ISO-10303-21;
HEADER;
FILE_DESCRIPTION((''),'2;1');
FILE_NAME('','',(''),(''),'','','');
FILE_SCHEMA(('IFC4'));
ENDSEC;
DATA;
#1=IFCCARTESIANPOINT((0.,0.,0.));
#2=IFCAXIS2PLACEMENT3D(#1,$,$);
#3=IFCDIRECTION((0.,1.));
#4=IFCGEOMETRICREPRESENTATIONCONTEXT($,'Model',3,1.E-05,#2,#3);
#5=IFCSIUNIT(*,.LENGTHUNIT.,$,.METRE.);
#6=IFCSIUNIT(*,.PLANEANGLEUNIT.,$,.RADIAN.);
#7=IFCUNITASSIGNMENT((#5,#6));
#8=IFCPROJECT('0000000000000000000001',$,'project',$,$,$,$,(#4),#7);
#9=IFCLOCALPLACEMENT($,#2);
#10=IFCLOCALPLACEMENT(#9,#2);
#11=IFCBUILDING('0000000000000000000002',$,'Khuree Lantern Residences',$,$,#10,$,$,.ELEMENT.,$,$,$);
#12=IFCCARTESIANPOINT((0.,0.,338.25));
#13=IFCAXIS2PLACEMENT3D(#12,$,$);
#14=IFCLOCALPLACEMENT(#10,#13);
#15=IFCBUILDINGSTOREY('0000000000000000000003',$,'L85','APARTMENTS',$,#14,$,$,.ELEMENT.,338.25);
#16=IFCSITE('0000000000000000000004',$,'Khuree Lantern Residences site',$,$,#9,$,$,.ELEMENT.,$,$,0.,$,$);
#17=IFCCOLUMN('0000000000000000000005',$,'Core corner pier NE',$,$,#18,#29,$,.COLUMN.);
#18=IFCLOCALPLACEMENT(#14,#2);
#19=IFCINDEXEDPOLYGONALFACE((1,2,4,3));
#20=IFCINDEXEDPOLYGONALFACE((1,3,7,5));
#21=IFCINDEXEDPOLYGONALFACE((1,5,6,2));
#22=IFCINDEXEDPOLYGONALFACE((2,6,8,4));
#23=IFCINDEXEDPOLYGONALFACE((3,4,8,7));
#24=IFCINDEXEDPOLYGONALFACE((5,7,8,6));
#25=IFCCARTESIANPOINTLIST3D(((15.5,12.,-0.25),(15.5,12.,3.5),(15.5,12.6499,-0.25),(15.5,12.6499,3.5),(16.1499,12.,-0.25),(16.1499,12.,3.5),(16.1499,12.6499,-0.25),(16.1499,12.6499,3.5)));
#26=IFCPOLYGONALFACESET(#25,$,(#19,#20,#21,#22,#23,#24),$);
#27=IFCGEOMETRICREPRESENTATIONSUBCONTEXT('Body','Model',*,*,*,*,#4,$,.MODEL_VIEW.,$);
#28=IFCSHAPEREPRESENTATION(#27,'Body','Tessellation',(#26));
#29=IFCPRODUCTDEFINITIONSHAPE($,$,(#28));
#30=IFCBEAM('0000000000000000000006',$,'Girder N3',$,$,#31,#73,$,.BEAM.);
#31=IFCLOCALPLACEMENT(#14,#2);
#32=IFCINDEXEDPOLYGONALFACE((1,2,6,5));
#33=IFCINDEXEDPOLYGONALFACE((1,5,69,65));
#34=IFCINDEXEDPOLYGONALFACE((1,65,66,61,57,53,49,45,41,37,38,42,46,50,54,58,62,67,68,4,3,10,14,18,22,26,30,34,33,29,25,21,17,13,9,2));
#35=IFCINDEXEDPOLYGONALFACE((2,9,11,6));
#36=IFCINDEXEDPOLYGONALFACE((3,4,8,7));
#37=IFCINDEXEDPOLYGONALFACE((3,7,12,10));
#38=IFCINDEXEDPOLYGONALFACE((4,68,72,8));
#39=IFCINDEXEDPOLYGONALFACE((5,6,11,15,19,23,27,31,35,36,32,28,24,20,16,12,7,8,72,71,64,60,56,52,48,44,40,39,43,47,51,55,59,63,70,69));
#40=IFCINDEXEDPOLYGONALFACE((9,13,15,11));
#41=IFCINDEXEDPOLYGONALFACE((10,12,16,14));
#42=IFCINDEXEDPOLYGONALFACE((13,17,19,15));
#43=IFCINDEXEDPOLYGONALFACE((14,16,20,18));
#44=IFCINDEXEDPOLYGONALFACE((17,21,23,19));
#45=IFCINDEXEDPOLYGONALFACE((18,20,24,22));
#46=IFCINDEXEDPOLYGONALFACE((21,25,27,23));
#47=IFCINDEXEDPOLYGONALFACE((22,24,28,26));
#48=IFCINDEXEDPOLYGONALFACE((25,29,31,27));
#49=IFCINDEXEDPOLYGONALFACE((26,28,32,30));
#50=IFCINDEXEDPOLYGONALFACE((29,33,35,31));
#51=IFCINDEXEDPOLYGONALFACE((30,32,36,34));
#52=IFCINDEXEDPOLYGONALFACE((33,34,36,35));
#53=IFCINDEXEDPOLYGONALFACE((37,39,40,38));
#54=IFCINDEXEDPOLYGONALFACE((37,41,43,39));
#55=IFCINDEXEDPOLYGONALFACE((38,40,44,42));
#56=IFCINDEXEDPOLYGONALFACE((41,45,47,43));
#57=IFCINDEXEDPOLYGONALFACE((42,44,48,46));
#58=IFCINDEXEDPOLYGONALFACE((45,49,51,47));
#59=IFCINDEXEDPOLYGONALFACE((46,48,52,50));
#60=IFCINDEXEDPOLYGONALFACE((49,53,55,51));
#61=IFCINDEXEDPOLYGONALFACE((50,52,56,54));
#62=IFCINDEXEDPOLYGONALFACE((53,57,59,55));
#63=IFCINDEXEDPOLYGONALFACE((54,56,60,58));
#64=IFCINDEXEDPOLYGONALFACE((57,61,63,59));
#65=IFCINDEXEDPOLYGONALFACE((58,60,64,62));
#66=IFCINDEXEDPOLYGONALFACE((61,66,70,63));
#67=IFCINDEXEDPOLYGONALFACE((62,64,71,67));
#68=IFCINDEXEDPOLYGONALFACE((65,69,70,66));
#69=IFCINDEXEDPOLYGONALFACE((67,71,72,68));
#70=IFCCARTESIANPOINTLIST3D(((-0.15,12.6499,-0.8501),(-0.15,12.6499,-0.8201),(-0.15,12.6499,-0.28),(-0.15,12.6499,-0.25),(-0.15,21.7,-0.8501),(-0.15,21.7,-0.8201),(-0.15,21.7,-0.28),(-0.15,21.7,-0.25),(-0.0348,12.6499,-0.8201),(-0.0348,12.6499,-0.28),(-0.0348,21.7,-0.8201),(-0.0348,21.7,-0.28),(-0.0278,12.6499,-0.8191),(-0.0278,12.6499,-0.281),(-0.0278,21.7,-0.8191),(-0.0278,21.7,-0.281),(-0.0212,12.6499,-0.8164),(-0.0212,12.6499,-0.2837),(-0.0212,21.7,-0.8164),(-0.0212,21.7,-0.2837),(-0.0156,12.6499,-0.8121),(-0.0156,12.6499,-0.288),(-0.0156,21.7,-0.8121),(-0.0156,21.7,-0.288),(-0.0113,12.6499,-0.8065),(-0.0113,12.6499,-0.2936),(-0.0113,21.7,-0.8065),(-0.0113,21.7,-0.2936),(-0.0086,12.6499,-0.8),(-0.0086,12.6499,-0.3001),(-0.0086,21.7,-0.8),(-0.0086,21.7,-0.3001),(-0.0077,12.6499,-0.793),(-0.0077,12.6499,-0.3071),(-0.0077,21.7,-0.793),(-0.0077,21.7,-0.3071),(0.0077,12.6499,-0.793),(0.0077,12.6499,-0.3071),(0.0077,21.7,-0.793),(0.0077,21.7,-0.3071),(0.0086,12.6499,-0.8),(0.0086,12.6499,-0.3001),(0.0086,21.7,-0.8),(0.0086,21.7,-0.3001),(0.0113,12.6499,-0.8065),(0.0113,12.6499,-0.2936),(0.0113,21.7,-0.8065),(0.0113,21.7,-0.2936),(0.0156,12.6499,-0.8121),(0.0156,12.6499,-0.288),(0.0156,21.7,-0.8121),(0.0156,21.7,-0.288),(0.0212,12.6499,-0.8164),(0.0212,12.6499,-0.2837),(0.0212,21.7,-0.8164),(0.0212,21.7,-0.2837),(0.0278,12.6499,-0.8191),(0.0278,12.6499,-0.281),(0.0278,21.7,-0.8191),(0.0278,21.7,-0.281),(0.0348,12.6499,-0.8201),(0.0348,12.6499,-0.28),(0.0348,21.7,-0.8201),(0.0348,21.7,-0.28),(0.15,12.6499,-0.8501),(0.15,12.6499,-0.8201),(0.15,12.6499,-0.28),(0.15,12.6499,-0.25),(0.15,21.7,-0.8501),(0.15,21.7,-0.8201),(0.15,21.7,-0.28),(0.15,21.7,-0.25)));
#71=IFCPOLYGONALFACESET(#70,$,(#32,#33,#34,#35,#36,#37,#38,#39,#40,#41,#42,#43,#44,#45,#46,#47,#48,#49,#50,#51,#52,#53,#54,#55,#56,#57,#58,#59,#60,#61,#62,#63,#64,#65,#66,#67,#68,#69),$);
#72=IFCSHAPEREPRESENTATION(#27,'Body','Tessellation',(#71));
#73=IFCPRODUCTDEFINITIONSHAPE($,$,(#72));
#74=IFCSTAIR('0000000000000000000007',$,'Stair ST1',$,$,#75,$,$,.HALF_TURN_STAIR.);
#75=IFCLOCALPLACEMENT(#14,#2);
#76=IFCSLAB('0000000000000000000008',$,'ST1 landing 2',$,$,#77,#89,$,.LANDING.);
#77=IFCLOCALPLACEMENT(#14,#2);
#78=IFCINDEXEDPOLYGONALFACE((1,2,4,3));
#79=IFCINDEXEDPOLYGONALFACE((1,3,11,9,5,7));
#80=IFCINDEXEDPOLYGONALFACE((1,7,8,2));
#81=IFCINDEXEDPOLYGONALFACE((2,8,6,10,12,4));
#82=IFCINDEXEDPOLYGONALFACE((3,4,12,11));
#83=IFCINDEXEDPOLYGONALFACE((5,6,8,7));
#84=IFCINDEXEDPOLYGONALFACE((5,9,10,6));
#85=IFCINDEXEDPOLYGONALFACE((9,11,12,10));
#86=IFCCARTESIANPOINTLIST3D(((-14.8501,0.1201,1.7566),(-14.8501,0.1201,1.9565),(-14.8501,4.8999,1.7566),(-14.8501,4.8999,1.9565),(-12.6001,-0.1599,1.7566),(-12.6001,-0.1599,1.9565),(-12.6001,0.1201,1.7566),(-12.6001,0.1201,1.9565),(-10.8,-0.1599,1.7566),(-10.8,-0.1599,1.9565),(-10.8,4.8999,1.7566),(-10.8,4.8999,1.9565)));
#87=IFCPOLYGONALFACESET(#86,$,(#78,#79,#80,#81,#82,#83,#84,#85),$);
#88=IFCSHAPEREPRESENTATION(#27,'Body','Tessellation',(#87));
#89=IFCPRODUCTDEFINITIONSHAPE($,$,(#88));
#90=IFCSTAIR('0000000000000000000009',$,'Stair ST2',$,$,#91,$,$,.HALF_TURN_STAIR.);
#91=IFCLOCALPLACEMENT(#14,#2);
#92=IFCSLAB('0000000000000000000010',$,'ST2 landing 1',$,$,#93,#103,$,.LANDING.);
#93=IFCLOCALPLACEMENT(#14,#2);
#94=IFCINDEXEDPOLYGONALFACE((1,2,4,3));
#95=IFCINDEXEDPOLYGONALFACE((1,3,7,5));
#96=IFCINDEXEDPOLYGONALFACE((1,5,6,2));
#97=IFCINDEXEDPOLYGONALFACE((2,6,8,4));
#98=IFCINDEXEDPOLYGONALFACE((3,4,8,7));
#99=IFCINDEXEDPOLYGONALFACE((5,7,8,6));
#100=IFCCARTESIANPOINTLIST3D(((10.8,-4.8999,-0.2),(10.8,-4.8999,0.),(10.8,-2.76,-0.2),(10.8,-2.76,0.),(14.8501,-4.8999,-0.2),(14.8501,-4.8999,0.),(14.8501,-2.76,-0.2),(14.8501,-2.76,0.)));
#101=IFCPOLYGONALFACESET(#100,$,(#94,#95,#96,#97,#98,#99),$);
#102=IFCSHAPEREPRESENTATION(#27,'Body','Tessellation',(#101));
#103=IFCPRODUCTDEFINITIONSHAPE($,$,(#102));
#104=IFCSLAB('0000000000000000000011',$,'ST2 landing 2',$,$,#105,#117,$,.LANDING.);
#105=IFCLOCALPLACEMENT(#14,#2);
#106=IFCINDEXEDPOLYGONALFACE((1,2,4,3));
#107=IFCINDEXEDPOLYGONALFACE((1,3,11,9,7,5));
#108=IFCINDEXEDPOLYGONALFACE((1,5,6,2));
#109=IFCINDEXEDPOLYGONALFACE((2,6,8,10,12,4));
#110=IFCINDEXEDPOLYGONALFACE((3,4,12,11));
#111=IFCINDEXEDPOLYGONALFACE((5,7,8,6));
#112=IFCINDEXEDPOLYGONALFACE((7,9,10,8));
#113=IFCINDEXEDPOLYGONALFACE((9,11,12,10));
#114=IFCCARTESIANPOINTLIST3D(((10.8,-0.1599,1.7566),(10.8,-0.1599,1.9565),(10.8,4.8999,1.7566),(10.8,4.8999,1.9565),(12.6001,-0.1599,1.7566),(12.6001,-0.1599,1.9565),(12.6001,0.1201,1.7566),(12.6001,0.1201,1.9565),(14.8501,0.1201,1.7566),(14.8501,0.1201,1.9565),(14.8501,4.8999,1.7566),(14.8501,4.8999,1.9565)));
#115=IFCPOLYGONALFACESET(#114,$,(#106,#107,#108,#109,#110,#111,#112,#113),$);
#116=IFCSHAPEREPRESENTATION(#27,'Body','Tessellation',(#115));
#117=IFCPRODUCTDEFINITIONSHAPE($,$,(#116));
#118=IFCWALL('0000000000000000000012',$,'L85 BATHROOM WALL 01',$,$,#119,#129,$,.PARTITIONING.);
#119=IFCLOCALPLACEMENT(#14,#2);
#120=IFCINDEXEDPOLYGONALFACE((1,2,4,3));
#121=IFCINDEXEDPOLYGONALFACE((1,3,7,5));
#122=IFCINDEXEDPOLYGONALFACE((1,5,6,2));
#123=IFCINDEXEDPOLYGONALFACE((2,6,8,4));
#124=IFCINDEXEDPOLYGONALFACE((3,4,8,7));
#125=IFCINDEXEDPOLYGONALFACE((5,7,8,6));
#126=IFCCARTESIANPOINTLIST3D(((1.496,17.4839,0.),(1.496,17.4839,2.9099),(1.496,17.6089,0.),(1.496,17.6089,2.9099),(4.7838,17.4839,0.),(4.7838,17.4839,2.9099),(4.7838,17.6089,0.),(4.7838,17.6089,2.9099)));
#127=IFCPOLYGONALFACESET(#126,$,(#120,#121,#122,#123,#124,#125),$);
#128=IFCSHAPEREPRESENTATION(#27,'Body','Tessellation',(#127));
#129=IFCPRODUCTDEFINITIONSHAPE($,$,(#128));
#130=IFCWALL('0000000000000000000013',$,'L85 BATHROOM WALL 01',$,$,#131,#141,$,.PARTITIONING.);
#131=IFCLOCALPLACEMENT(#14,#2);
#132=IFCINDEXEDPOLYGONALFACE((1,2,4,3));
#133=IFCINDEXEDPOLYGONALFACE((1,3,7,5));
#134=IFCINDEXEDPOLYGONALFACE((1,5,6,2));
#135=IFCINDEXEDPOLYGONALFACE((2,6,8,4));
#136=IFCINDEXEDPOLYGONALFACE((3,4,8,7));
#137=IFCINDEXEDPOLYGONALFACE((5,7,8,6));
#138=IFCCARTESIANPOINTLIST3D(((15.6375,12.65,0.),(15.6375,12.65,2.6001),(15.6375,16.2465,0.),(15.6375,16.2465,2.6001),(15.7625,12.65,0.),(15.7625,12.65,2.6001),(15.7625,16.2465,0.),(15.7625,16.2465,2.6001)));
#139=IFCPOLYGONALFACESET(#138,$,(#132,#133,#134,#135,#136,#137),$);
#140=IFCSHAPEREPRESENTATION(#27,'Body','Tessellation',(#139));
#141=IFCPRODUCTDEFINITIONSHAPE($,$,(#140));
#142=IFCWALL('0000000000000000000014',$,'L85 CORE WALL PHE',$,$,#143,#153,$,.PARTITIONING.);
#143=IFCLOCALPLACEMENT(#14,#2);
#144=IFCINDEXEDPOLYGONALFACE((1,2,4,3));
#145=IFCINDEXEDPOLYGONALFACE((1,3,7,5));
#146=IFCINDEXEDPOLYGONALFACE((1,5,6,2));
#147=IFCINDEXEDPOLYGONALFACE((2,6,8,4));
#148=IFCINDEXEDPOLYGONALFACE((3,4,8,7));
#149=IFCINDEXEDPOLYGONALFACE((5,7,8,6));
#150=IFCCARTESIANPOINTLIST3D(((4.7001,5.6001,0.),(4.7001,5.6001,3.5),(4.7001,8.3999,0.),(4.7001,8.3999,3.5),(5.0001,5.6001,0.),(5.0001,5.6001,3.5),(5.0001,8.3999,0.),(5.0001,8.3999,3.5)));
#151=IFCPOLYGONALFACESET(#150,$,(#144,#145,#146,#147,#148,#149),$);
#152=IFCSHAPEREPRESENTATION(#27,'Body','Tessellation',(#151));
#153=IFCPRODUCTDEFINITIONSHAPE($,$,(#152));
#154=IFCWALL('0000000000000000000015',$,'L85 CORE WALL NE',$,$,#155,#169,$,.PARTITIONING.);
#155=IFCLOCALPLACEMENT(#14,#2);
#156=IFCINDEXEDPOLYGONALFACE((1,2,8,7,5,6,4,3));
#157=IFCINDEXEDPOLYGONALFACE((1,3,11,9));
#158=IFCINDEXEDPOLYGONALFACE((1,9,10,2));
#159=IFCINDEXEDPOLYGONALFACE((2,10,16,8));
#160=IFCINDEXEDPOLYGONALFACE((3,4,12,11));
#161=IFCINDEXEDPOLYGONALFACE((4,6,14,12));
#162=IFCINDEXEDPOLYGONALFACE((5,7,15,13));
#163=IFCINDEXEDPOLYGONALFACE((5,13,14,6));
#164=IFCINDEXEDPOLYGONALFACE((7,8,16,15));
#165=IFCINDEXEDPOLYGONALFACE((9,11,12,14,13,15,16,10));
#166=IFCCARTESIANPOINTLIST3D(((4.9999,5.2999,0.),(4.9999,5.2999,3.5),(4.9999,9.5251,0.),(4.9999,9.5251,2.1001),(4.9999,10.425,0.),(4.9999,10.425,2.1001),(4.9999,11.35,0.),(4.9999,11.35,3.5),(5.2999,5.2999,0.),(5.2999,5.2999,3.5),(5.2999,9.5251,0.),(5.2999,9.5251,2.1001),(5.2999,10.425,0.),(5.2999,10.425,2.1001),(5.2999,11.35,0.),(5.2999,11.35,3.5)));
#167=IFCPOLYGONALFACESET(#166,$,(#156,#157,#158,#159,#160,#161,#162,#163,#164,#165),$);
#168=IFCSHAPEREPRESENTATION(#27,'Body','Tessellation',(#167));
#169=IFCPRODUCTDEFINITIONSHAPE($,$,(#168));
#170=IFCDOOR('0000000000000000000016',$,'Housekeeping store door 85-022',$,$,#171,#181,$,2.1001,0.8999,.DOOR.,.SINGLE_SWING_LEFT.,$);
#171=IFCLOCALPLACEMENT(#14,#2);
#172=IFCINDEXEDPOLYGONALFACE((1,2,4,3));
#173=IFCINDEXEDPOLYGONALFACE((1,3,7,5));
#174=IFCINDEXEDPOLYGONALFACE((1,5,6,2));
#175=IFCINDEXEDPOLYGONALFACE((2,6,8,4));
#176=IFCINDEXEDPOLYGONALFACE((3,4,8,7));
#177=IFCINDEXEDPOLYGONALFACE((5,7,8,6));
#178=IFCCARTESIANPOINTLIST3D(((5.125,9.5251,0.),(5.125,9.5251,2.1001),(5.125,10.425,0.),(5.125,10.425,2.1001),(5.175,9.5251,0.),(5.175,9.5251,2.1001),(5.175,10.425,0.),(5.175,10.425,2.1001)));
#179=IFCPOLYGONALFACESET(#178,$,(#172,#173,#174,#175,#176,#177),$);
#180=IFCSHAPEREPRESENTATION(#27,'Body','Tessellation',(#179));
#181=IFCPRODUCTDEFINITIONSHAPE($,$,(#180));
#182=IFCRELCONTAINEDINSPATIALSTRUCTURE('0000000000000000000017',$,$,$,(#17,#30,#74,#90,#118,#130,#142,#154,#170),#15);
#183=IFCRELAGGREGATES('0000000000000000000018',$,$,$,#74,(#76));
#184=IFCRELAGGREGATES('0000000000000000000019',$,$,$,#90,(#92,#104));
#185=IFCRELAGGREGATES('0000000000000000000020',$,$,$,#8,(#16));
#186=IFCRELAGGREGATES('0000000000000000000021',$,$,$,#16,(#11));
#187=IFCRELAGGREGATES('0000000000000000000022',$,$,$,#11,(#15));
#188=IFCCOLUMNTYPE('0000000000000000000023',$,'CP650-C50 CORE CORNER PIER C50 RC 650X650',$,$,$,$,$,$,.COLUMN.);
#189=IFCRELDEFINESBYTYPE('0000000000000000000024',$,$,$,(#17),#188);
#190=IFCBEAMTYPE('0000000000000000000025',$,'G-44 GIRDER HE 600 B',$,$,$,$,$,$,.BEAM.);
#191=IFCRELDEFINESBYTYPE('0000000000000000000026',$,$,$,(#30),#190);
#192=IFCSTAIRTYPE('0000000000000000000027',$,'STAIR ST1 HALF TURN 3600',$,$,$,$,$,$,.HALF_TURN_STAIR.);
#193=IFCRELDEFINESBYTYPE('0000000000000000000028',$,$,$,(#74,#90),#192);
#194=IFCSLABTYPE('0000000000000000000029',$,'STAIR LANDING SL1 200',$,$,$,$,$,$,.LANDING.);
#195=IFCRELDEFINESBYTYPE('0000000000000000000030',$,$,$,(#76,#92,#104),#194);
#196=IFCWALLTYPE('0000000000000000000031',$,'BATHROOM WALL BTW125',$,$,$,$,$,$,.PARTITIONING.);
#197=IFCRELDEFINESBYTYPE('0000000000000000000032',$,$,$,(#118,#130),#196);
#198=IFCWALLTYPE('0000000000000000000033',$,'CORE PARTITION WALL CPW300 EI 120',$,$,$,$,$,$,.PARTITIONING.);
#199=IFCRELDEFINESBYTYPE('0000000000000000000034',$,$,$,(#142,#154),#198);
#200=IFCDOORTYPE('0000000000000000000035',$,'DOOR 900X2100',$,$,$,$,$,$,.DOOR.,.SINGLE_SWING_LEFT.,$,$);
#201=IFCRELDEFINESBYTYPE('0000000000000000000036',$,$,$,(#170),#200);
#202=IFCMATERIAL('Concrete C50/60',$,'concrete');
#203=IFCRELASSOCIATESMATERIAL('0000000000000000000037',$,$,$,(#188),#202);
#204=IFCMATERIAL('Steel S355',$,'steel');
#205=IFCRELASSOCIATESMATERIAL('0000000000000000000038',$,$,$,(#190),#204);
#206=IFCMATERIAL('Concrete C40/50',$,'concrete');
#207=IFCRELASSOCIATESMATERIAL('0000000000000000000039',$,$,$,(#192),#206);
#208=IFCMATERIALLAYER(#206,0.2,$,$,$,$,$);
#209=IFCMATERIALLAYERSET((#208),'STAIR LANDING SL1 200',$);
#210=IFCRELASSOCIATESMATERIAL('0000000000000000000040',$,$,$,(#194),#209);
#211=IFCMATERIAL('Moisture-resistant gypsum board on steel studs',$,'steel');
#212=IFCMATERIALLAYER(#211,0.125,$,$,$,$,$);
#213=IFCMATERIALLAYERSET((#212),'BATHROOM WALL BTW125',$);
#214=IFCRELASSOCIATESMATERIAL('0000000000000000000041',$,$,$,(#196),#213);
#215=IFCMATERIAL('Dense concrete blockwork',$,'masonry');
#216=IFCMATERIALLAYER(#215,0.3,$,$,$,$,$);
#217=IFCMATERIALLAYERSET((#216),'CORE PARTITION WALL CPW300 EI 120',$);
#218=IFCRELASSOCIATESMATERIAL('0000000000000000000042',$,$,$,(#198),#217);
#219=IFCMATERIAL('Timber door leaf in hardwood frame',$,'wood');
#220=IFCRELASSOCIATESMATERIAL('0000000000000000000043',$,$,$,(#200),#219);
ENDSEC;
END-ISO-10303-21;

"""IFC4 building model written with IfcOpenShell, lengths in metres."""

from ifc_helpers import new_model, si_unit, direction, frame, frame_2d, origin, origin_2d, place, context, subcontext, project, spatial, polyline, rectangle, i_section, outline, extrude, material, layer, layer_set, material_profile, profile_set, type_object, element, fill, aggregate, save


model = new_model("IFC4")

# Units and contexts
model_context = context("Model", 3, precision=1e-05, world=origin(), true_north=direction((0.0, 1.0)))
body_context = subcontext(model_context, "Body", "Model", "MODEL_VIEW")
ifc_project = project(units=[si_unit("LENGTHUNIT", "METRE"), si_unit("PLANEANGLEUNIT", "RADIAN")], contexts=[model_context])

# Site, building, storey
site_placement = place(None, origin())
site = spatial("IfcSite", under=ifc_project, at=site_placement, Name="Khuree Lantern Residences site", CompositionType="ELEMENT", RefElevation=0.0)
building_placement = place(site_placement, origin())
building = spatial("IfcBuilding", under=site, at=building_placement, Name="Khuree Lantern Residences", CompositionType="ELEMENT")
storey_placement = place(building_placement, frame((0.0, 0.0, 338.25)))
storey = spatial("IfcBuildingStorey", under=building, at=storey_placement, Name="L85", Description="APARTMENTS", CompositionType="ELEMENT", Elevation=338.25)

# Column
ifc_material_1 = material(Name="Concrete C50/60", Category="concrete")
ifc_material_profile_1 = material_profile(ifc_material_1, rectangle(XDim=0.6499, YDim=0.6499, at=origin_2d()), Name="RC 650X650")
ifc_profile_set_1 = profile_set([ifc_material_profile_1], Name="Concrete C50/60")
column_type = type_object("IfcColumnType", Name="CP650-C50 CORE CORNER PIER C50 RC 650X650", PredefinedType="COLUMN", material=ifc_profile_set_1)
column_placement = place(storey_placement, frame((15.825, 12.325, -0.25), z_axis=(0.0, 0.0, 1.0), x_axis=(1.0, 0.0, 0.0)))
element("IfcColumn", 1, at=column_placement, inside=storey, type_object=column_type, Name="Core corner pier NE", PredefinedType="COLUMN", context=body_context, shape_type="SweptSolid", body=[
    extrude(rectangle(XDim=0.6499, YDim=0.6499, at=origin_2d()), origin(), (0.0, 0.0, 1.0), 3.75),
])

# Beam
ifc_material_2 = material(Name="Steel S355", Category="steel")
ifc_material_profile_2 = material_profile(ifc_material_2, i_section(OverallWidth=0.3, OverallDepth=0.6001, WebThickness=0.0154, FlangeThickness=0.03, FilletRadius=0.0271, at=origin_2d()), Name="HE 600 B")
ifc_profile_set_2 = profile_set([ifc_material_profile_2], Name="Steel S355")
beam_type = type_object("IfcBeamType", Name="G-44 GIRDER HE 600 B", PredefinedType="BEAM", material=ifc_profile_set_2)
beam_placement = place(storey_placement, frame((0.0, 21.7, -0.55), z_axis=(0.0, -1.0, 0.0), x_axis=(1.0, 0.0, 0.0)))
element("IfcBeam", 2, at=beam_placement, inside=storey, type_object=beam_type, Name="Girder N3", PredefinedType="BEAM", context=body_context, shape_type="SweptSolid", body=[
    extrude(i_section(OverallWidth=0.3, OverallDepth=0.6001, WebThickness=0.0154, FlangeThickness=0.03, FilletRadius=0.0271, at=origin_2d()), origin(), (0.0, 0.0, 1.0), 9.05),
])

# Stair, slab
ifc_material_3 = material(Name="Concrete C40/50", Category="concrete")
stair_type = type_object("IfcStairType", Name="STAIR ST1 HALF TURN 3600", PredefinedType="HALF_TURN_STAIR", material=ifc_material_3)
stair_1_placement = place(storey_placement, origin())
stair_1 = element("IfcStair", 3, at=stair_1_placement, inside=storey, type_object=stair_type, Name="Stair ST1", PredefinedType="HALF_TURN_STAIR")
ifc_layer_1 = layer(ifc_material_3, 0.2)
ifc_layer_set_1 = layer_set([ifc_layer_1], Name="STAIR LANDING SL1 200")
slab_type = type_object("IfcSlabType", Name="STAIR LANDING SL1 200", PredefinedType="LANDING", material=ifc_layer_set_1)
slab_1_placement = place(storey_placement, frame((0.0, 0.0, 1.7566)))
slab_1 = element("IfcSlab", 4, at=slab_1_placement, type_object=slab_type, Name="ST1 landing 2", PredefinedType="LANDING", context=body_context, shape_type="SweptSolid", body=[
    extrude(outline(polyline([(-14.8501, 0.1201), (-14.8501, 4.8999), (-10.8, 4.8999), (-10.8, -0.1599), (-12.6001, -0.1599), (-12.6001, 0.1201), (-14.8501, 0.1201)])), origin(), (0.0, 0.0, 1.0), 0.2),
])
aggregate(stair_1, [slab_1])

# Stair, slabs
stair_2_placement = place(storey_placement, origin())
stair_2 = element("IfcStair", 5, at=stair_2_placement, inside=storey, type_object=stair_type, Name="Stair ST2", PredefinedType="HALF_TURN_STAIR")
slab_2_placement = place(storey_placement, frame((0.0, 0.0, -0.2)))
slab_2 = element("IfcSlab", 6, at=slab_2_placement, type_object=slab_type, Name="ST2 landing 1", PredefinedType="LANDING", context=body_context, shape_type="SweptSolid", body=[
    extrude(outline(polyline([(10.8, -4.8999), (14.8501, -4.8999), (14.8501, -2.76), (10.8, -2.76), (10.8, -4.8999)])), origin(), (0.0, 0.0, 1.0), 0.2),
])
slab_3_placement = place(storey_placement, frame((0.0, 0.0, 1.7566)))
slab_3 = element("IfcSlab", 7, at=slab_3_placement, type_object=slab_type, Name="ST2 landing 2", PredefinedType="LANDING", context=body_context, shape_type="SweptSolid", body=[
    extrude(outline(polyline([(14.8501, 4.8999), (14.8501, 0.1201), (12.6001, 0.1201), (12.6001, -0.1599), (10.8, -0.1599), (10.8, 4.8999), (14.8501, 4.8999)])), origin(), (0.0, 0.0, 1.0), 0.2),
])
aggregate(stair_2, [slab_2, slab_3])

# Walls
ifc_material_4 = material(Name="Moisture-resistant gypsum board on steel studs", Category="steel")
ifc_layer_2 = layer(ifc_material_4, 0.125)
ifc_layer_set_2 = layer_set([ifc_layer_2], Name="BATHROOM WALL BTW125")
wall_type_1 = type_object("IfcWallType", Name="BATHROOM WALL BTW125", PredefinedType="PARTITIONING", material=ifc_layer_set_2)
wall_1_placement = place(storey_placement, frame((4.7839, 17.5464, 0.0), z_axis=(0.0, 0.0, 1.0), x_axis=(-1.0, 0.0, 0.0)))
element("IfcWall", 8, at=wall_1_placement, inside=storey, type_object=wall_type_1, Name="L85 BATHROOM WALL 01", PredefinedType="PARTITIONING", context=body_context, shape_type="SweptSolid", body=[
    extrude(rectangle(XDim=3.2878, YDim=0.125, at=frame_2d((1.644, 0.0))), origin(), (0.0, 0.0, 1.0), 2.9099),
])
wall_2_placement = place(storey_placement, frame((15.7, 12.6499, 0.0), z_axis=(0.0, 0.0, 1.0), x_axis=(0.0, 1.0, 0.0)))
element("IfcWall", 9, at=wall_2_placement, inside=storey, type_object=wall_type_1, Name="L85 BATHROOM WALL 01", PredefinedType="PARTITIONING", context=body_context, shape_type="SweptSolid", body=[
    extrude(rectangle(XDim=3.5964, YDim=0.125, at=frame_2d((1.7983, 0.0))), origin(), (0.0, 0.0, 1.0), 2.6001),
])
ifc_material_5 = material(Name="Dense concrete blockwork", Category="masonry")
ifc_layer_3 = layer(ifc_material_5, 0.3)
ifc_layer_set_3 = layer_set([ifc_layer_3], Name="CORE PARTITION WALL CPW300 EI 120")
wall_type_2 = type_object("IfcWallType", Name="CORE PARTITION WALL CPW300 EI 120", PredefinedType="PARTITIONING", material=ifc_layer_set_3)
wall_3_placement = place(storey_placement, frame((4.8501, 5.6001, 0.0), z_axis=(0.0, 0.0, 1.0), x_axis=(0.0, 1.0, 0.0)))
element("IfcWall", 10, at=wall_3_placement, inside=storey, type_object=wall_type_2, Name="L85 CORE WALL PHE", PredefinedType="PARTITIONING", context=body_context, shape_type="SweptSolid", body=[
    extrude(rectangle(XDim=2.7998, YDim=0.3, at=frame_2d((1.3999, 0.0))), origin(), (0.0, 0.0, 1.0), 3.5),
])

# Wall, opening, door
wall_4_placement = place(storey_placement, frame((5.1499, 5.3, 0.0), z_axis=(0.0, 0.0, 1.0), x_axis=(0.0, 1.0, 0.0)))
wall_4 = element("IfcWall", 11, at=wall_4_placement, inside=storey, type_object=wall_type_2, Name="L85 CORE WALL NE", PredefinedType="PARTITIONING", context=body_context, shape_type="SweptSolid", body=[
    extrude(rectangle(XDim=6.05, YDim=0.3, at=frame_2d((3.0249, 0.0))), origin(), (0.0, 0.0, 1.0), 3.5),
])
opening_1_placement = place(wall_4_placement, frame((4.2251, 0.0, 0.0)))
opening_1 = element("IfcOpeningElement", 12, at=opening_1_placement, cuts=wall_4, PredefinedType="OPENING", context=body_context, shape_type="SweptSolid", body=[
    extrude(rectangle(XDim=0.8999, YDim=2.1001, at=frame_2d((0.45, 1.05))), frame((0.0, 0.1602, 0.0), z_axis=(0.0, -1.0, 0.0), x_axis=(1.0, 0.0, 0.0)), (0.0, 0.0, 1.0), 0.3201),
])
ifc_material_6 = material(Name="Timber door leaf in hardwood frame", Category="wood")
door_type_1 = type_object("IfcDoorType", Name="DOOR 900X2100", OperationType="SINGLE_SWING_LEFT", PredefinedType="DOOR", material=ifc_material_6)
door_1_placement = place(opening_1_placement, origin())
door_1 = element("IfcDoor", 13, at=door_1_placement, inside=storey, type_object=door_type_1, Name="Housekeeping store door 85-022", OperationType="SINGLE_SWING_LEFT", OverallHeight=2.1001, OverallWidth=0.8999, PredefinedType="DOOR", context=body_context, shape_type="SweptSolid", body=[
    extrude(rectangle(XDim=0.8999, YDim=2.1001, at=frame_2d((0.45, 1.05))), frame((0.0, 0.0249, 0.0), z_axis=(0.0, -1.0, 0.0), x_axis=(1.0, 0.0, 0.0)), (0.0, 0.0, 1.0), 0.05),
])
fill(opening_1, door_1)

save(model, "model.ifc")
